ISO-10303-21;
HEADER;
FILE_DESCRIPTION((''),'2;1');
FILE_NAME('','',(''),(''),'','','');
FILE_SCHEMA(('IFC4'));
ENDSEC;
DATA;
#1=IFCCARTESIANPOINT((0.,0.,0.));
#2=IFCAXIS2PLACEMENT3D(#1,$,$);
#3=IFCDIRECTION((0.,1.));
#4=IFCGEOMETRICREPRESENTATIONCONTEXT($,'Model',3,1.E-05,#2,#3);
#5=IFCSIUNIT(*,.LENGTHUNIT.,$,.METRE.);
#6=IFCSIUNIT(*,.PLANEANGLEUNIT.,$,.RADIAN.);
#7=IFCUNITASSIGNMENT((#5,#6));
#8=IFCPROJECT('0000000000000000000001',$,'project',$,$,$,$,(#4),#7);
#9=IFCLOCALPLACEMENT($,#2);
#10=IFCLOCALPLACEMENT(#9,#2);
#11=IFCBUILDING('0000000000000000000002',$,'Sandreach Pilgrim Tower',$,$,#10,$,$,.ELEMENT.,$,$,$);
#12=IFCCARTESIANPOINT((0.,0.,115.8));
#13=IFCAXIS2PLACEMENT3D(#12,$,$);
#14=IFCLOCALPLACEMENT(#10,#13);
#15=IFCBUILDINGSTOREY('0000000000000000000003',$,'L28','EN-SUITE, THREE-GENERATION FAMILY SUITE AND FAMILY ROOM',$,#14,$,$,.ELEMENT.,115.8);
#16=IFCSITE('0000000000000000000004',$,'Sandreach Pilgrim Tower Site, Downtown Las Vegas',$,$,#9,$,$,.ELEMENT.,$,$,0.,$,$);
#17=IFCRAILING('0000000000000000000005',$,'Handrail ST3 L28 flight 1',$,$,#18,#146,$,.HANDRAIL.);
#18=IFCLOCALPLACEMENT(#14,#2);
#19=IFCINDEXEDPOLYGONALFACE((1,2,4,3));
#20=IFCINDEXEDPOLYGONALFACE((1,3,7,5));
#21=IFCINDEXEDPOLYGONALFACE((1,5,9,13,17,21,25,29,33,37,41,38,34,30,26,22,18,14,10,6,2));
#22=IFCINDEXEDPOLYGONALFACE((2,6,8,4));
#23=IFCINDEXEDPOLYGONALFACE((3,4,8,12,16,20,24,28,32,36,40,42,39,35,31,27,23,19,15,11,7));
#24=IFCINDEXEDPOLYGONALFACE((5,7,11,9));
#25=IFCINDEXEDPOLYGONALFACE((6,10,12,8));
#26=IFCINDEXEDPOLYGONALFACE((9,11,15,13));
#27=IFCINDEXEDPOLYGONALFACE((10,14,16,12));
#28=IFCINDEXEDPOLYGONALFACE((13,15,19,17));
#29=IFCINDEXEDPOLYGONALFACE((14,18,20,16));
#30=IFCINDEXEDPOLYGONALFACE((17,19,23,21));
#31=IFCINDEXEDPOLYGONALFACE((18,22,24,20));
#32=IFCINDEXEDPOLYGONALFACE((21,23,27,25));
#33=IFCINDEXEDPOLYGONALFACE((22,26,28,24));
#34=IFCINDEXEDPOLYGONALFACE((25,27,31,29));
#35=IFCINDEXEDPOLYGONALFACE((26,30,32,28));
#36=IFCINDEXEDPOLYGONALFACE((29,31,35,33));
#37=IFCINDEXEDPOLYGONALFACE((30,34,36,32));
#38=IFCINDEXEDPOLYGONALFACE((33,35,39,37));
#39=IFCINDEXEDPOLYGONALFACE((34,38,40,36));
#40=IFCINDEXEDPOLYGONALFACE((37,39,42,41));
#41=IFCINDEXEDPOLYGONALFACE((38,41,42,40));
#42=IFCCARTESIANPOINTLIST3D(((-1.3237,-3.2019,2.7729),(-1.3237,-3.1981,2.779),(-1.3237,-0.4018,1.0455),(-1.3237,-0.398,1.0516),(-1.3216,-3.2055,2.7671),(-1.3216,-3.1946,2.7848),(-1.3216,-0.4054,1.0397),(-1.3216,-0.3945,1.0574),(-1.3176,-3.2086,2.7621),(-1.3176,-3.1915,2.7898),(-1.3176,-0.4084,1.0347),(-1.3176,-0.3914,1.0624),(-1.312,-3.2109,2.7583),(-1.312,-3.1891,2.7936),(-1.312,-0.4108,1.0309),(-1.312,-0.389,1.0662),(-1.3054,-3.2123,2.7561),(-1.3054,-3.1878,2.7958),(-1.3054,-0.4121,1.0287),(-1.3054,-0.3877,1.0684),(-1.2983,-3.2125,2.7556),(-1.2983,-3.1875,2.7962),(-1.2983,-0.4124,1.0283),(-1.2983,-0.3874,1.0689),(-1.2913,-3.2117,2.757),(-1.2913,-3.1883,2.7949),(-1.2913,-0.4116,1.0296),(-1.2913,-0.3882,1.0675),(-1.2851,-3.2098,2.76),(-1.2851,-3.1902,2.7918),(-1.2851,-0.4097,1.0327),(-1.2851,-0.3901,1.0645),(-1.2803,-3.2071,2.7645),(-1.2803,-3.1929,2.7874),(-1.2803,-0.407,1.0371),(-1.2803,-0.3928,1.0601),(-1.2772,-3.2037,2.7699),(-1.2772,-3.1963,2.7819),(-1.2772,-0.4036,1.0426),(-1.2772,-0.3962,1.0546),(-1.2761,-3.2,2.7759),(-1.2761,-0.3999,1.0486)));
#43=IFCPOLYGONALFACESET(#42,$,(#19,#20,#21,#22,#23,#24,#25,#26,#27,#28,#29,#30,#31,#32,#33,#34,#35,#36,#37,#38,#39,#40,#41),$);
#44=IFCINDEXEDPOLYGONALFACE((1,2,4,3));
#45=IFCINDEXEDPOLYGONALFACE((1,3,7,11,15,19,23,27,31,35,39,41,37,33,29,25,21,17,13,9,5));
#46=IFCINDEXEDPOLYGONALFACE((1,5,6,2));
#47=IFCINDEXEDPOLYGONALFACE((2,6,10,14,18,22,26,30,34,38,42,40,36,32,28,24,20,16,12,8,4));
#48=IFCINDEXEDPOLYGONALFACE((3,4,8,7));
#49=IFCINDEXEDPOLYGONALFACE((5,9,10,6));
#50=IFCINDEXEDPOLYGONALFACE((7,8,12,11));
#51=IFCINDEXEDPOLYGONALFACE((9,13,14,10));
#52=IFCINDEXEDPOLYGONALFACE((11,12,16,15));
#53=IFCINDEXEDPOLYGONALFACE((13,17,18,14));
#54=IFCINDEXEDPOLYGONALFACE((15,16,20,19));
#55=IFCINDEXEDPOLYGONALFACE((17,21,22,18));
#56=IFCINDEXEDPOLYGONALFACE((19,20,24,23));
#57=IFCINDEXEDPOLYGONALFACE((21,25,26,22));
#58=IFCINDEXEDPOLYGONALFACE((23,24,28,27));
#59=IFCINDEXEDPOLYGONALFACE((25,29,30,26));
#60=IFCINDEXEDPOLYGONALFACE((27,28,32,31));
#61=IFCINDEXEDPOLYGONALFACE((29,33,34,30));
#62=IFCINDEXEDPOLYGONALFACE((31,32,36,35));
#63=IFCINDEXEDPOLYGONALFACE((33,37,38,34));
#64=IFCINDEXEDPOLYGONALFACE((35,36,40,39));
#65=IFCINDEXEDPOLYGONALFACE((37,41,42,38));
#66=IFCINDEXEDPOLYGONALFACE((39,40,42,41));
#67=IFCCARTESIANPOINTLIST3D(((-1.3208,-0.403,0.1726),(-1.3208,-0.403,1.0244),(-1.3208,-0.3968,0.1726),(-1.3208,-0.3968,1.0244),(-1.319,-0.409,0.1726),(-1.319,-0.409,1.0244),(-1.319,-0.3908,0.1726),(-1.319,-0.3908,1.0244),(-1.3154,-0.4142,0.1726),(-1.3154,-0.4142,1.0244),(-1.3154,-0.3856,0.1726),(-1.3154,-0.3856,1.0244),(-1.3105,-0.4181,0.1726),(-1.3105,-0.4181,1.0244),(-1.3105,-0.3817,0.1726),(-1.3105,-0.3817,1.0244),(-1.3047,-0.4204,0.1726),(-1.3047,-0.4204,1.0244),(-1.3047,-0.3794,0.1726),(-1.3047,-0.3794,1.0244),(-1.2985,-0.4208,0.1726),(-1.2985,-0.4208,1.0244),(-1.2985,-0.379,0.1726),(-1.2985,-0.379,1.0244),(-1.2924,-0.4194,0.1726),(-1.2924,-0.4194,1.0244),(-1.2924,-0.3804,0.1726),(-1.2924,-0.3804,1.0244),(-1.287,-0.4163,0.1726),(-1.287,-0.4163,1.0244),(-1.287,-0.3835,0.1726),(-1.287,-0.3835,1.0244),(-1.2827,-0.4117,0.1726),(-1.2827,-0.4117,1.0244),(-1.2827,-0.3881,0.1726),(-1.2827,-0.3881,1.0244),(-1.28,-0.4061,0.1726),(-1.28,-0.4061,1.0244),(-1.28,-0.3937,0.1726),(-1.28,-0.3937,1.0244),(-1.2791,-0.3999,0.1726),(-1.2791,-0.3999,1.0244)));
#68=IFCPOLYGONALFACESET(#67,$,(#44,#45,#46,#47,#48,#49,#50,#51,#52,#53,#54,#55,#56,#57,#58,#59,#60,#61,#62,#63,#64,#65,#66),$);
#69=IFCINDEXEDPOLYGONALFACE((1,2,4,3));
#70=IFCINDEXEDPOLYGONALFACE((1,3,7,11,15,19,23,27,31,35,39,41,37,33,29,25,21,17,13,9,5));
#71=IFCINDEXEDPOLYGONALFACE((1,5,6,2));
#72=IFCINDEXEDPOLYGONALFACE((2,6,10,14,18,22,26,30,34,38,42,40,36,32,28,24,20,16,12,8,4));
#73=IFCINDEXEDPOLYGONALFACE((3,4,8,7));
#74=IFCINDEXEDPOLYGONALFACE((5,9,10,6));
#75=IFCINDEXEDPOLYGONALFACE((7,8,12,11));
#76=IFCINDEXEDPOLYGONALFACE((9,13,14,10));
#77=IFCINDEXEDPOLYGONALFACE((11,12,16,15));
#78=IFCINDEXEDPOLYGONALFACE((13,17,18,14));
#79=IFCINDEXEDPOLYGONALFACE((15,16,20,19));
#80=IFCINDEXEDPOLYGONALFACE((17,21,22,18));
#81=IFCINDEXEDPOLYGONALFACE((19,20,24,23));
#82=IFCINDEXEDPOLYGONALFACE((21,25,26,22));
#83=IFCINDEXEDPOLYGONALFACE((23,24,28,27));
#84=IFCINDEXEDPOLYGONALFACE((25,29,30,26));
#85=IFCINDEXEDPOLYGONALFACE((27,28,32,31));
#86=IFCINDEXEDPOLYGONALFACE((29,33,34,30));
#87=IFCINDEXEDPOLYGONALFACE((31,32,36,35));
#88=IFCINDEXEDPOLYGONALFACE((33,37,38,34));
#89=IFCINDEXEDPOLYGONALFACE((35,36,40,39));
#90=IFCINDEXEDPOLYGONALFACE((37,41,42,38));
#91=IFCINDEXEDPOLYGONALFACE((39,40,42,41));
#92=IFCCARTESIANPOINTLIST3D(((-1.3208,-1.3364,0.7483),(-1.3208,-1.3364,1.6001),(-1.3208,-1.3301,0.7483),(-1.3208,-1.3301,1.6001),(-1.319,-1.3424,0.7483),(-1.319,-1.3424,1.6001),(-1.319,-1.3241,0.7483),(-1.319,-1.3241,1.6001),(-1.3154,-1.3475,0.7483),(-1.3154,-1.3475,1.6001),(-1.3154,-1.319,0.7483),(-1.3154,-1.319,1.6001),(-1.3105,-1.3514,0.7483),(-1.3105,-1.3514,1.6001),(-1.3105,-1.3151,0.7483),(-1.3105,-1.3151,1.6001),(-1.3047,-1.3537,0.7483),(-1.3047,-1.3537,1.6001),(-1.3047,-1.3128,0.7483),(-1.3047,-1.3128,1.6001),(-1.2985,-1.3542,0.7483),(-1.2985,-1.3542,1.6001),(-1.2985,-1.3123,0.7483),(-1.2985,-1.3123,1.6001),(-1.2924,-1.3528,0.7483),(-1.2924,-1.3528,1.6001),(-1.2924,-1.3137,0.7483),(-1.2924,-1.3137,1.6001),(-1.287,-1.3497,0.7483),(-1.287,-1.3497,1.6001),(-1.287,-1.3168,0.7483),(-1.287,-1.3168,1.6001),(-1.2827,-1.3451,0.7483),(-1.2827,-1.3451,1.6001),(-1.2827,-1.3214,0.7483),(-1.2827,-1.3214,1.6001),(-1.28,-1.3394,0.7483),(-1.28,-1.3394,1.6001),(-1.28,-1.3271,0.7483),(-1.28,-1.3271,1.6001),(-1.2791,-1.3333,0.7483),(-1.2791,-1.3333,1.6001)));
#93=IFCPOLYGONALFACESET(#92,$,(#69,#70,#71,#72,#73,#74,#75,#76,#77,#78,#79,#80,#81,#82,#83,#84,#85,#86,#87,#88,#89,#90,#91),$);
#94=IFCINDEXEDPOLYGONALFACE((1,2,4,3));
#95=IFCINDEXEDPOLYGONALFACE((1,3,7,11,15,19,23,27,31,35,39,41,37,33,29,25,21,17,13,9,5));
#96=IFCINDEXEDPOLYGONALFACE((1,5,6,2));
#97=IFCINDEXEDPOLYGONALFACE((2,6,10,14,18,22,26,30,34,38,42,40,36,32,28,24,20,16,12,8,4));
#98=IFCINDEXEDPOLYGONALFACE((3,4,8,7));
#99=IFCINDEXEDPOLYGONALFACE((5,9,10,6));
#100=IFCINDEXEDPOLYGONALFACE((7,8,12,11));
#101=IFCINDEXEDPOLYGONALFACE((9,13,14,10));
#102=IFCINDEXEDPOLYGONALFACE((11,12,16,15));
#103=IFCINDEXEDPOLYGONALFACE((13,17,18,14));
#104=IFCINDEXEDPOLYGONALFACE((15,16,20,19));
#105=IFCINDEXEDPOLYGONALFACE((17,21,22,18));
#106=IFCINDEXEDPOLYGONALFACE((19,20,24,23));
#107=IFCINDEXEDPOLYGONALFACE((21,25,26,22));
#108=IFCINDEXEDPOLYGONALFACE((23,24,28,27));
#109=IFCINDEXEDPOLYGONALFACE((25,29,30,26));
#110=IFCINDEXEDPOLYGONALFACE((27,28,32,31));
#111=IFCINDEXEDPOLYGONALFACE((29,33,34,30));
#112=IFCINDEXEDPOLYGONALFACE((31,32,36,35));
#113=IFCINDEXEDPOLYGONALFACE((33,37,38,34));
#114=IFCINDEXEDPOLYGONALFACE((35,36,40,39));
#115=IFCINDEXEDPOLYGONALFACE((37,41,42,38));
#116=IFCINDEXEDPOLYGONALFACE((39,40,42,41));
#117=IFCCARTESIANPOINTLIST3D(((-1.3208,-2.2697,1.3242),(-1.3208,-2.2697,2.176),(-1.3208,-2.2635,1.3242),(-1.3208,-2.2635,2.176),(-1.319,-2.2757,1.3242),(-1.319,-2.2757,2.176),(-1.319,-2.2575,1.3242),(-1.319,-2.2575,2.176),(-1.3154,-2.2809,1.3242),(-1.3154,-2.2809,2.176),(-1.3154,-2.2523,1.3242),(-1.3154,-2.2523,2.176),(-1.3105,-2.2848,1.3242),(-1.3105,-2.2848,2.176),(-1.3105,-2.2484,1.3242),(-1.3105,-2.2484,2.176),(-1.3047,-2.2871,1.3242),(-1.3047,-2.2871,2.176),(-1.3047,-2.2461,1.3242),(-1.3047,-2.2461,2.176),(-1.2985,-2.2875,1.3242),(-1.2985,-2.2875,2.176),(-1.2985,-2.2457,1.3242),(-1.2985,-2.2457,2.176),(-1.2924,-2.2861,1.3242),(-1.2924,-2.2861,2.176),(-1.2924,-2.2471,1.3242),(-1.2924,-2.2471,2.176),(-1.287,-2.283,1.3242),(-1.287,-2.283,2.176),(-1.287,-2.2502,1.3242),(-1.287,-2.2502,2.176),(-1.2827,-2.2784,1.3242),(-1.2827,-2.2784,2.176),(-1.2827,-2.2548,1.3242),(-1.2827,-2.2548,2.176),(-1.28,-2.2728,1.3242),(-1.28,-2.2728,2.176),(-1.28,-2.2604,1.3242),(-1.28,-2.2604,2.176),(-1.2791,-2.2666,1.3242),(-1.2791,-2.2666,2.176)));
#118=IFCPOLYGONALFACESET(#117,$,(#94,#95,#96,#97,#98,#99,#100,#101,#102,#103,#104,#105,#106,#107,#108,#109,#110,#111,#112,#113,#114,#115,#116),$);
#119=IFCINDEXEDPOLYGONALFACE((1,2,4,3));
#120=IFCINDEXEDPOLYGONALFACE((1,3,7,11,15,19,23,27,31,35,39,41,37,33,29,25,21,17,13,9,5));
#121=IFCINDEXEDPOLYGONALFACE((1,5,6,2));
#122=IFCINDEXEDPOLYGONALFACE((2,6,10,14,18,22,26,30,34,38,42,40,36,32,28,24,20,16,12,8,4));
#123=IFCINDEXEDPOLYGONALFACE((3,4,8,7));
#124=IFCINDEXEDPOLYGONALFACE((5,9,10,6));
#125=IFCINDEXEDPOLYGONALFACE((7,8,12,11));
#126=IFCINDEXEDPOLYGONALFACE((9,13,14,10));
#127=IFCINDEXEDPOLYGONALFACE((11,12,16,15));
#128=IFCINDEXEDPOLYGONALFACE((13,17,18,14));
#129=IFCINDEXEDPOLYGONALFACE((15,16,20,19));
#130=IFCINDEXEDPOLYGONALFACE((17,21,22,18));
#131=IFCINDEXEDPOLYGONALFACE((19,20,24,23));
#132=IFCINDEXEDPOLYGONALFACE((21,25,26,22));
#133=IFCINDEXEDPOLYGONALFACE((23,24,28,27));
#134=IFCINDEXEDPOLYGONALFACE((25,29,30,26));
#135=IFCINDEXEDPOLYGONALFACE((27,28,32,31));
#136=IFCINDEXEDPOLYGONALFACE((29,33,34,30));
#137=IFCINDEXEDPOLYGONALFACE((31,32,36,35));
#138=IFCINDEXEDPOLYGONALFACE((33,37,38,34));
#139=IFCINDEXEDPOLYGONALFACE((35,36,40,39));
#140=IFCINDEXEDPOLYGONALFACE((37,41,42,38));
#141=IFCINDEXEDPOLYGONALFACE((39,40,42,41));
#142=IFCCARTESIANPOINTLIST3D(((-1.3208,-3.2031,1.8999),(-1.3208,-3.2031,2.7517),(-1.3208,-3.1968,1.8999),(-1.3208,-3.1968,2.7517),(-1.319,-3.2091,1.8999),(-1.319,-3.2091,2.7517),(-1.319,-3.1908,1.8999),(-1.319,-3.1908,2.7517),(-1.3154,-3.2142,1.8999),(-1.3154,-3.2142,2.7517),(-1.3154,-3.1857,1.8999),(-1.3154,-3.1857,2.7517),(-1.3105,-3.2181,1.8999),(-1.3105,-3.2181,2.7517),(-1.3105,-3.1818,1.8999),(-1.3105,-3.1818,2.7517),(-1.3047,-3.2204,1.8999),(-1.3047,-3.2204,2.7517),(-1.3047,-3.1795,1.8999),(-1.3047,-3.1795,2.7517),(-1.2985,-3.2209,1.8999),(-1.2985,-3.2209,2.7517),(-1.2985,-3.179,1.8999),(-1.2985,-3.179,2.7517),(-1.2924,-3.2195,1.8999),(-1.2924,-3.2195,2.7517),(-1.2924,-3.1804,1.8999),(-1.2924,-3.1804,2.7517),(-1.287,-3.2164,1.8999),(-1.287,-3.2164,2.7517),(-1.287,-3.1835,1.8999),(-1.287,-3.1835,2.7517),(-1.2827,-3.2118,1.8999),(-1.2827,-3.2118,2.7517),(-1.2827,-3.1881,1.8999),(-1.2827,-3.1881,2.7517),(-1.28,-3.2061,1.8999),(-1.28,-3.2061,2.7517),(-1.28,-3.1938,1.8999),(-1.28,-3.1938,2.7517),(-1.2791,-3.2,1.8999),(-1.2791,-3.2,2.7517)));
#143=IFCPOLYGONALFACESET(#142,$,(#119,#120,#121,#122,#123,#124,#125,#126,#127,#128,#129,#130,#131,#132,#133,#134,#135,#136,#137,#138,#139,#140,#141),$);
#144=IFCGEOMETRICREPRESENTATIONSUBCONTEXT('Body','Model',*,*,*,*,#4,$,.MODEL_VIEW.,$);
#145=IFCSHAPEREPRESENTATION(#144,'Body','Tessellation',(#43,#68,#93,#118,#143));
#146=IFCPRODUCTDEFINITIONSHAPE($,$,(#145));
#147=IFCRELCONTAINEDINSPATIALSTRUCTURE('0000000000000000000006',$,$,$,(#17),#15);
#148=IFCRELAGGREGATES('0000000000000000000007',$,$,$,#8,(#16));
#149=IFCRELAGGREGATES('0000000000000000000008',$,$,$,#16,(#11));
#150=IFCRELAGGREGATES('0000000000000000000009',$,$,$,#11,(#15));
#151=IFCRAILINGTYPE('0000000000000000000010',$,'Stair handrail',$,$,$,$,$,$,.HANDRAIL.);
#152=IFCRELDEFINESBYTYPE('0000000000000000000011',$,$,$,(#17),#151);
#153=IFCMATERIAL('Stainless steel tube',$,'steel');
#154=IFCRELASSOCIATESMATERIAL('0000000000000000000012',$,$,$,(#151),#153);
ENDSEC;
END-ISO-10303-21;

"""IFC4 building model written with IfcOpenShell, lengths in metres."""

from ifc_helpers import new_model, si_unit, direction, frame, origin, origin_2d, place, context, subcontext, project, spatial, circle, extrude, material, type_object, element, save


model = new_model("IFC4")

# Units and contexts
model_context = context("Model", 3, precision=1e-05, world=origin(), true_north=direction((0.0, 1.0)))
body_context = subcontext(model_context, "Body", "Model", "MODEL_VIEW")
ifc_project = project(units=[si_unit("LENGTHUNIT", "METRE"), si_unit("PLANEANGLEUNIT", "RADIAN")], contexts=[model_context])

# Site, building, storey
site_placement = place(None, origin())
site = spatial("IfcSite", under=ifc_project, at=site_placement, Name="Sandreach Pilgrim Tower Site, Downtown Las Vegas", CompositionType="ELEMENT", RefElevation=0.0)
building_placement = place(site_placement, origin())
building = spatial("IfcBuilding", under=site, at=building_placement, Name="Sandreach Pilgrim Tower", CompositionType="ELEMENT")
storey_placement = place(building_placement, frame((0.0, 0.0, 115.8)))
storey = spatial("IfcBuildingStorey", under=building, at=storey_placement, Name="L28", Description="EN-SUITE, THREE-GENERATION FAMILY SUITE AND FAMILY ROOM", CompositionType="ELEMENT", Elevation=115.8)

# Railing
ifc_material_1 = material(Name="Stainless steel tube", Category="steel")
railing_type = type_object("IfcRailingType", Name="Stair handrail", PredefinedType="HANDRAIL", material=ifc_material_1)
for number, where, name in (
    (1, (-1.3, -0.3999, 0.1726), "Handrail ST3 L28 flight 1"),
):
    element("IfcRailing", number, at=place(storey_placement, frame(where)), inside=storey, type_object=railing_type, Name=name, PredefinedType="HANDRAIL", context=body_context, shape_type="SweptSolid", body=[
        extrude(circle(Radius=0.0239, at=origin_2d()), frame((0.0, 0.0, 0.876), z_axis=(0.0, -0.85109, 0.52502), x_axis=(1.0, 0.0, 0.0)), (0.0, 0.0, 1.0), 3.29),
        extrude(circle(Radius=0.021, at=origin_2d()), origin(), (0.0, 0.0, 1.0), 0.8518),
        extrude(circle(Radius=0.021, at=origin_2d()), frame((0.0, -0.9333, 0.5757)), (0.0, 0.0, 1.0), 0.8518),
        extrude(circle(Radius=0.021, at=origin_2d()), frame((0.0, -1.8667, 1.1516)), (0.0, 0.0, 1.0), 0.8518),
        extrude(circle(Radius=0.021, at=origin_2d()), frame((0.0, -2.8, 1.7273)), (0.0, 0.0, 1.0), 0.8518),
    ])

save(model, "model.ifc")
